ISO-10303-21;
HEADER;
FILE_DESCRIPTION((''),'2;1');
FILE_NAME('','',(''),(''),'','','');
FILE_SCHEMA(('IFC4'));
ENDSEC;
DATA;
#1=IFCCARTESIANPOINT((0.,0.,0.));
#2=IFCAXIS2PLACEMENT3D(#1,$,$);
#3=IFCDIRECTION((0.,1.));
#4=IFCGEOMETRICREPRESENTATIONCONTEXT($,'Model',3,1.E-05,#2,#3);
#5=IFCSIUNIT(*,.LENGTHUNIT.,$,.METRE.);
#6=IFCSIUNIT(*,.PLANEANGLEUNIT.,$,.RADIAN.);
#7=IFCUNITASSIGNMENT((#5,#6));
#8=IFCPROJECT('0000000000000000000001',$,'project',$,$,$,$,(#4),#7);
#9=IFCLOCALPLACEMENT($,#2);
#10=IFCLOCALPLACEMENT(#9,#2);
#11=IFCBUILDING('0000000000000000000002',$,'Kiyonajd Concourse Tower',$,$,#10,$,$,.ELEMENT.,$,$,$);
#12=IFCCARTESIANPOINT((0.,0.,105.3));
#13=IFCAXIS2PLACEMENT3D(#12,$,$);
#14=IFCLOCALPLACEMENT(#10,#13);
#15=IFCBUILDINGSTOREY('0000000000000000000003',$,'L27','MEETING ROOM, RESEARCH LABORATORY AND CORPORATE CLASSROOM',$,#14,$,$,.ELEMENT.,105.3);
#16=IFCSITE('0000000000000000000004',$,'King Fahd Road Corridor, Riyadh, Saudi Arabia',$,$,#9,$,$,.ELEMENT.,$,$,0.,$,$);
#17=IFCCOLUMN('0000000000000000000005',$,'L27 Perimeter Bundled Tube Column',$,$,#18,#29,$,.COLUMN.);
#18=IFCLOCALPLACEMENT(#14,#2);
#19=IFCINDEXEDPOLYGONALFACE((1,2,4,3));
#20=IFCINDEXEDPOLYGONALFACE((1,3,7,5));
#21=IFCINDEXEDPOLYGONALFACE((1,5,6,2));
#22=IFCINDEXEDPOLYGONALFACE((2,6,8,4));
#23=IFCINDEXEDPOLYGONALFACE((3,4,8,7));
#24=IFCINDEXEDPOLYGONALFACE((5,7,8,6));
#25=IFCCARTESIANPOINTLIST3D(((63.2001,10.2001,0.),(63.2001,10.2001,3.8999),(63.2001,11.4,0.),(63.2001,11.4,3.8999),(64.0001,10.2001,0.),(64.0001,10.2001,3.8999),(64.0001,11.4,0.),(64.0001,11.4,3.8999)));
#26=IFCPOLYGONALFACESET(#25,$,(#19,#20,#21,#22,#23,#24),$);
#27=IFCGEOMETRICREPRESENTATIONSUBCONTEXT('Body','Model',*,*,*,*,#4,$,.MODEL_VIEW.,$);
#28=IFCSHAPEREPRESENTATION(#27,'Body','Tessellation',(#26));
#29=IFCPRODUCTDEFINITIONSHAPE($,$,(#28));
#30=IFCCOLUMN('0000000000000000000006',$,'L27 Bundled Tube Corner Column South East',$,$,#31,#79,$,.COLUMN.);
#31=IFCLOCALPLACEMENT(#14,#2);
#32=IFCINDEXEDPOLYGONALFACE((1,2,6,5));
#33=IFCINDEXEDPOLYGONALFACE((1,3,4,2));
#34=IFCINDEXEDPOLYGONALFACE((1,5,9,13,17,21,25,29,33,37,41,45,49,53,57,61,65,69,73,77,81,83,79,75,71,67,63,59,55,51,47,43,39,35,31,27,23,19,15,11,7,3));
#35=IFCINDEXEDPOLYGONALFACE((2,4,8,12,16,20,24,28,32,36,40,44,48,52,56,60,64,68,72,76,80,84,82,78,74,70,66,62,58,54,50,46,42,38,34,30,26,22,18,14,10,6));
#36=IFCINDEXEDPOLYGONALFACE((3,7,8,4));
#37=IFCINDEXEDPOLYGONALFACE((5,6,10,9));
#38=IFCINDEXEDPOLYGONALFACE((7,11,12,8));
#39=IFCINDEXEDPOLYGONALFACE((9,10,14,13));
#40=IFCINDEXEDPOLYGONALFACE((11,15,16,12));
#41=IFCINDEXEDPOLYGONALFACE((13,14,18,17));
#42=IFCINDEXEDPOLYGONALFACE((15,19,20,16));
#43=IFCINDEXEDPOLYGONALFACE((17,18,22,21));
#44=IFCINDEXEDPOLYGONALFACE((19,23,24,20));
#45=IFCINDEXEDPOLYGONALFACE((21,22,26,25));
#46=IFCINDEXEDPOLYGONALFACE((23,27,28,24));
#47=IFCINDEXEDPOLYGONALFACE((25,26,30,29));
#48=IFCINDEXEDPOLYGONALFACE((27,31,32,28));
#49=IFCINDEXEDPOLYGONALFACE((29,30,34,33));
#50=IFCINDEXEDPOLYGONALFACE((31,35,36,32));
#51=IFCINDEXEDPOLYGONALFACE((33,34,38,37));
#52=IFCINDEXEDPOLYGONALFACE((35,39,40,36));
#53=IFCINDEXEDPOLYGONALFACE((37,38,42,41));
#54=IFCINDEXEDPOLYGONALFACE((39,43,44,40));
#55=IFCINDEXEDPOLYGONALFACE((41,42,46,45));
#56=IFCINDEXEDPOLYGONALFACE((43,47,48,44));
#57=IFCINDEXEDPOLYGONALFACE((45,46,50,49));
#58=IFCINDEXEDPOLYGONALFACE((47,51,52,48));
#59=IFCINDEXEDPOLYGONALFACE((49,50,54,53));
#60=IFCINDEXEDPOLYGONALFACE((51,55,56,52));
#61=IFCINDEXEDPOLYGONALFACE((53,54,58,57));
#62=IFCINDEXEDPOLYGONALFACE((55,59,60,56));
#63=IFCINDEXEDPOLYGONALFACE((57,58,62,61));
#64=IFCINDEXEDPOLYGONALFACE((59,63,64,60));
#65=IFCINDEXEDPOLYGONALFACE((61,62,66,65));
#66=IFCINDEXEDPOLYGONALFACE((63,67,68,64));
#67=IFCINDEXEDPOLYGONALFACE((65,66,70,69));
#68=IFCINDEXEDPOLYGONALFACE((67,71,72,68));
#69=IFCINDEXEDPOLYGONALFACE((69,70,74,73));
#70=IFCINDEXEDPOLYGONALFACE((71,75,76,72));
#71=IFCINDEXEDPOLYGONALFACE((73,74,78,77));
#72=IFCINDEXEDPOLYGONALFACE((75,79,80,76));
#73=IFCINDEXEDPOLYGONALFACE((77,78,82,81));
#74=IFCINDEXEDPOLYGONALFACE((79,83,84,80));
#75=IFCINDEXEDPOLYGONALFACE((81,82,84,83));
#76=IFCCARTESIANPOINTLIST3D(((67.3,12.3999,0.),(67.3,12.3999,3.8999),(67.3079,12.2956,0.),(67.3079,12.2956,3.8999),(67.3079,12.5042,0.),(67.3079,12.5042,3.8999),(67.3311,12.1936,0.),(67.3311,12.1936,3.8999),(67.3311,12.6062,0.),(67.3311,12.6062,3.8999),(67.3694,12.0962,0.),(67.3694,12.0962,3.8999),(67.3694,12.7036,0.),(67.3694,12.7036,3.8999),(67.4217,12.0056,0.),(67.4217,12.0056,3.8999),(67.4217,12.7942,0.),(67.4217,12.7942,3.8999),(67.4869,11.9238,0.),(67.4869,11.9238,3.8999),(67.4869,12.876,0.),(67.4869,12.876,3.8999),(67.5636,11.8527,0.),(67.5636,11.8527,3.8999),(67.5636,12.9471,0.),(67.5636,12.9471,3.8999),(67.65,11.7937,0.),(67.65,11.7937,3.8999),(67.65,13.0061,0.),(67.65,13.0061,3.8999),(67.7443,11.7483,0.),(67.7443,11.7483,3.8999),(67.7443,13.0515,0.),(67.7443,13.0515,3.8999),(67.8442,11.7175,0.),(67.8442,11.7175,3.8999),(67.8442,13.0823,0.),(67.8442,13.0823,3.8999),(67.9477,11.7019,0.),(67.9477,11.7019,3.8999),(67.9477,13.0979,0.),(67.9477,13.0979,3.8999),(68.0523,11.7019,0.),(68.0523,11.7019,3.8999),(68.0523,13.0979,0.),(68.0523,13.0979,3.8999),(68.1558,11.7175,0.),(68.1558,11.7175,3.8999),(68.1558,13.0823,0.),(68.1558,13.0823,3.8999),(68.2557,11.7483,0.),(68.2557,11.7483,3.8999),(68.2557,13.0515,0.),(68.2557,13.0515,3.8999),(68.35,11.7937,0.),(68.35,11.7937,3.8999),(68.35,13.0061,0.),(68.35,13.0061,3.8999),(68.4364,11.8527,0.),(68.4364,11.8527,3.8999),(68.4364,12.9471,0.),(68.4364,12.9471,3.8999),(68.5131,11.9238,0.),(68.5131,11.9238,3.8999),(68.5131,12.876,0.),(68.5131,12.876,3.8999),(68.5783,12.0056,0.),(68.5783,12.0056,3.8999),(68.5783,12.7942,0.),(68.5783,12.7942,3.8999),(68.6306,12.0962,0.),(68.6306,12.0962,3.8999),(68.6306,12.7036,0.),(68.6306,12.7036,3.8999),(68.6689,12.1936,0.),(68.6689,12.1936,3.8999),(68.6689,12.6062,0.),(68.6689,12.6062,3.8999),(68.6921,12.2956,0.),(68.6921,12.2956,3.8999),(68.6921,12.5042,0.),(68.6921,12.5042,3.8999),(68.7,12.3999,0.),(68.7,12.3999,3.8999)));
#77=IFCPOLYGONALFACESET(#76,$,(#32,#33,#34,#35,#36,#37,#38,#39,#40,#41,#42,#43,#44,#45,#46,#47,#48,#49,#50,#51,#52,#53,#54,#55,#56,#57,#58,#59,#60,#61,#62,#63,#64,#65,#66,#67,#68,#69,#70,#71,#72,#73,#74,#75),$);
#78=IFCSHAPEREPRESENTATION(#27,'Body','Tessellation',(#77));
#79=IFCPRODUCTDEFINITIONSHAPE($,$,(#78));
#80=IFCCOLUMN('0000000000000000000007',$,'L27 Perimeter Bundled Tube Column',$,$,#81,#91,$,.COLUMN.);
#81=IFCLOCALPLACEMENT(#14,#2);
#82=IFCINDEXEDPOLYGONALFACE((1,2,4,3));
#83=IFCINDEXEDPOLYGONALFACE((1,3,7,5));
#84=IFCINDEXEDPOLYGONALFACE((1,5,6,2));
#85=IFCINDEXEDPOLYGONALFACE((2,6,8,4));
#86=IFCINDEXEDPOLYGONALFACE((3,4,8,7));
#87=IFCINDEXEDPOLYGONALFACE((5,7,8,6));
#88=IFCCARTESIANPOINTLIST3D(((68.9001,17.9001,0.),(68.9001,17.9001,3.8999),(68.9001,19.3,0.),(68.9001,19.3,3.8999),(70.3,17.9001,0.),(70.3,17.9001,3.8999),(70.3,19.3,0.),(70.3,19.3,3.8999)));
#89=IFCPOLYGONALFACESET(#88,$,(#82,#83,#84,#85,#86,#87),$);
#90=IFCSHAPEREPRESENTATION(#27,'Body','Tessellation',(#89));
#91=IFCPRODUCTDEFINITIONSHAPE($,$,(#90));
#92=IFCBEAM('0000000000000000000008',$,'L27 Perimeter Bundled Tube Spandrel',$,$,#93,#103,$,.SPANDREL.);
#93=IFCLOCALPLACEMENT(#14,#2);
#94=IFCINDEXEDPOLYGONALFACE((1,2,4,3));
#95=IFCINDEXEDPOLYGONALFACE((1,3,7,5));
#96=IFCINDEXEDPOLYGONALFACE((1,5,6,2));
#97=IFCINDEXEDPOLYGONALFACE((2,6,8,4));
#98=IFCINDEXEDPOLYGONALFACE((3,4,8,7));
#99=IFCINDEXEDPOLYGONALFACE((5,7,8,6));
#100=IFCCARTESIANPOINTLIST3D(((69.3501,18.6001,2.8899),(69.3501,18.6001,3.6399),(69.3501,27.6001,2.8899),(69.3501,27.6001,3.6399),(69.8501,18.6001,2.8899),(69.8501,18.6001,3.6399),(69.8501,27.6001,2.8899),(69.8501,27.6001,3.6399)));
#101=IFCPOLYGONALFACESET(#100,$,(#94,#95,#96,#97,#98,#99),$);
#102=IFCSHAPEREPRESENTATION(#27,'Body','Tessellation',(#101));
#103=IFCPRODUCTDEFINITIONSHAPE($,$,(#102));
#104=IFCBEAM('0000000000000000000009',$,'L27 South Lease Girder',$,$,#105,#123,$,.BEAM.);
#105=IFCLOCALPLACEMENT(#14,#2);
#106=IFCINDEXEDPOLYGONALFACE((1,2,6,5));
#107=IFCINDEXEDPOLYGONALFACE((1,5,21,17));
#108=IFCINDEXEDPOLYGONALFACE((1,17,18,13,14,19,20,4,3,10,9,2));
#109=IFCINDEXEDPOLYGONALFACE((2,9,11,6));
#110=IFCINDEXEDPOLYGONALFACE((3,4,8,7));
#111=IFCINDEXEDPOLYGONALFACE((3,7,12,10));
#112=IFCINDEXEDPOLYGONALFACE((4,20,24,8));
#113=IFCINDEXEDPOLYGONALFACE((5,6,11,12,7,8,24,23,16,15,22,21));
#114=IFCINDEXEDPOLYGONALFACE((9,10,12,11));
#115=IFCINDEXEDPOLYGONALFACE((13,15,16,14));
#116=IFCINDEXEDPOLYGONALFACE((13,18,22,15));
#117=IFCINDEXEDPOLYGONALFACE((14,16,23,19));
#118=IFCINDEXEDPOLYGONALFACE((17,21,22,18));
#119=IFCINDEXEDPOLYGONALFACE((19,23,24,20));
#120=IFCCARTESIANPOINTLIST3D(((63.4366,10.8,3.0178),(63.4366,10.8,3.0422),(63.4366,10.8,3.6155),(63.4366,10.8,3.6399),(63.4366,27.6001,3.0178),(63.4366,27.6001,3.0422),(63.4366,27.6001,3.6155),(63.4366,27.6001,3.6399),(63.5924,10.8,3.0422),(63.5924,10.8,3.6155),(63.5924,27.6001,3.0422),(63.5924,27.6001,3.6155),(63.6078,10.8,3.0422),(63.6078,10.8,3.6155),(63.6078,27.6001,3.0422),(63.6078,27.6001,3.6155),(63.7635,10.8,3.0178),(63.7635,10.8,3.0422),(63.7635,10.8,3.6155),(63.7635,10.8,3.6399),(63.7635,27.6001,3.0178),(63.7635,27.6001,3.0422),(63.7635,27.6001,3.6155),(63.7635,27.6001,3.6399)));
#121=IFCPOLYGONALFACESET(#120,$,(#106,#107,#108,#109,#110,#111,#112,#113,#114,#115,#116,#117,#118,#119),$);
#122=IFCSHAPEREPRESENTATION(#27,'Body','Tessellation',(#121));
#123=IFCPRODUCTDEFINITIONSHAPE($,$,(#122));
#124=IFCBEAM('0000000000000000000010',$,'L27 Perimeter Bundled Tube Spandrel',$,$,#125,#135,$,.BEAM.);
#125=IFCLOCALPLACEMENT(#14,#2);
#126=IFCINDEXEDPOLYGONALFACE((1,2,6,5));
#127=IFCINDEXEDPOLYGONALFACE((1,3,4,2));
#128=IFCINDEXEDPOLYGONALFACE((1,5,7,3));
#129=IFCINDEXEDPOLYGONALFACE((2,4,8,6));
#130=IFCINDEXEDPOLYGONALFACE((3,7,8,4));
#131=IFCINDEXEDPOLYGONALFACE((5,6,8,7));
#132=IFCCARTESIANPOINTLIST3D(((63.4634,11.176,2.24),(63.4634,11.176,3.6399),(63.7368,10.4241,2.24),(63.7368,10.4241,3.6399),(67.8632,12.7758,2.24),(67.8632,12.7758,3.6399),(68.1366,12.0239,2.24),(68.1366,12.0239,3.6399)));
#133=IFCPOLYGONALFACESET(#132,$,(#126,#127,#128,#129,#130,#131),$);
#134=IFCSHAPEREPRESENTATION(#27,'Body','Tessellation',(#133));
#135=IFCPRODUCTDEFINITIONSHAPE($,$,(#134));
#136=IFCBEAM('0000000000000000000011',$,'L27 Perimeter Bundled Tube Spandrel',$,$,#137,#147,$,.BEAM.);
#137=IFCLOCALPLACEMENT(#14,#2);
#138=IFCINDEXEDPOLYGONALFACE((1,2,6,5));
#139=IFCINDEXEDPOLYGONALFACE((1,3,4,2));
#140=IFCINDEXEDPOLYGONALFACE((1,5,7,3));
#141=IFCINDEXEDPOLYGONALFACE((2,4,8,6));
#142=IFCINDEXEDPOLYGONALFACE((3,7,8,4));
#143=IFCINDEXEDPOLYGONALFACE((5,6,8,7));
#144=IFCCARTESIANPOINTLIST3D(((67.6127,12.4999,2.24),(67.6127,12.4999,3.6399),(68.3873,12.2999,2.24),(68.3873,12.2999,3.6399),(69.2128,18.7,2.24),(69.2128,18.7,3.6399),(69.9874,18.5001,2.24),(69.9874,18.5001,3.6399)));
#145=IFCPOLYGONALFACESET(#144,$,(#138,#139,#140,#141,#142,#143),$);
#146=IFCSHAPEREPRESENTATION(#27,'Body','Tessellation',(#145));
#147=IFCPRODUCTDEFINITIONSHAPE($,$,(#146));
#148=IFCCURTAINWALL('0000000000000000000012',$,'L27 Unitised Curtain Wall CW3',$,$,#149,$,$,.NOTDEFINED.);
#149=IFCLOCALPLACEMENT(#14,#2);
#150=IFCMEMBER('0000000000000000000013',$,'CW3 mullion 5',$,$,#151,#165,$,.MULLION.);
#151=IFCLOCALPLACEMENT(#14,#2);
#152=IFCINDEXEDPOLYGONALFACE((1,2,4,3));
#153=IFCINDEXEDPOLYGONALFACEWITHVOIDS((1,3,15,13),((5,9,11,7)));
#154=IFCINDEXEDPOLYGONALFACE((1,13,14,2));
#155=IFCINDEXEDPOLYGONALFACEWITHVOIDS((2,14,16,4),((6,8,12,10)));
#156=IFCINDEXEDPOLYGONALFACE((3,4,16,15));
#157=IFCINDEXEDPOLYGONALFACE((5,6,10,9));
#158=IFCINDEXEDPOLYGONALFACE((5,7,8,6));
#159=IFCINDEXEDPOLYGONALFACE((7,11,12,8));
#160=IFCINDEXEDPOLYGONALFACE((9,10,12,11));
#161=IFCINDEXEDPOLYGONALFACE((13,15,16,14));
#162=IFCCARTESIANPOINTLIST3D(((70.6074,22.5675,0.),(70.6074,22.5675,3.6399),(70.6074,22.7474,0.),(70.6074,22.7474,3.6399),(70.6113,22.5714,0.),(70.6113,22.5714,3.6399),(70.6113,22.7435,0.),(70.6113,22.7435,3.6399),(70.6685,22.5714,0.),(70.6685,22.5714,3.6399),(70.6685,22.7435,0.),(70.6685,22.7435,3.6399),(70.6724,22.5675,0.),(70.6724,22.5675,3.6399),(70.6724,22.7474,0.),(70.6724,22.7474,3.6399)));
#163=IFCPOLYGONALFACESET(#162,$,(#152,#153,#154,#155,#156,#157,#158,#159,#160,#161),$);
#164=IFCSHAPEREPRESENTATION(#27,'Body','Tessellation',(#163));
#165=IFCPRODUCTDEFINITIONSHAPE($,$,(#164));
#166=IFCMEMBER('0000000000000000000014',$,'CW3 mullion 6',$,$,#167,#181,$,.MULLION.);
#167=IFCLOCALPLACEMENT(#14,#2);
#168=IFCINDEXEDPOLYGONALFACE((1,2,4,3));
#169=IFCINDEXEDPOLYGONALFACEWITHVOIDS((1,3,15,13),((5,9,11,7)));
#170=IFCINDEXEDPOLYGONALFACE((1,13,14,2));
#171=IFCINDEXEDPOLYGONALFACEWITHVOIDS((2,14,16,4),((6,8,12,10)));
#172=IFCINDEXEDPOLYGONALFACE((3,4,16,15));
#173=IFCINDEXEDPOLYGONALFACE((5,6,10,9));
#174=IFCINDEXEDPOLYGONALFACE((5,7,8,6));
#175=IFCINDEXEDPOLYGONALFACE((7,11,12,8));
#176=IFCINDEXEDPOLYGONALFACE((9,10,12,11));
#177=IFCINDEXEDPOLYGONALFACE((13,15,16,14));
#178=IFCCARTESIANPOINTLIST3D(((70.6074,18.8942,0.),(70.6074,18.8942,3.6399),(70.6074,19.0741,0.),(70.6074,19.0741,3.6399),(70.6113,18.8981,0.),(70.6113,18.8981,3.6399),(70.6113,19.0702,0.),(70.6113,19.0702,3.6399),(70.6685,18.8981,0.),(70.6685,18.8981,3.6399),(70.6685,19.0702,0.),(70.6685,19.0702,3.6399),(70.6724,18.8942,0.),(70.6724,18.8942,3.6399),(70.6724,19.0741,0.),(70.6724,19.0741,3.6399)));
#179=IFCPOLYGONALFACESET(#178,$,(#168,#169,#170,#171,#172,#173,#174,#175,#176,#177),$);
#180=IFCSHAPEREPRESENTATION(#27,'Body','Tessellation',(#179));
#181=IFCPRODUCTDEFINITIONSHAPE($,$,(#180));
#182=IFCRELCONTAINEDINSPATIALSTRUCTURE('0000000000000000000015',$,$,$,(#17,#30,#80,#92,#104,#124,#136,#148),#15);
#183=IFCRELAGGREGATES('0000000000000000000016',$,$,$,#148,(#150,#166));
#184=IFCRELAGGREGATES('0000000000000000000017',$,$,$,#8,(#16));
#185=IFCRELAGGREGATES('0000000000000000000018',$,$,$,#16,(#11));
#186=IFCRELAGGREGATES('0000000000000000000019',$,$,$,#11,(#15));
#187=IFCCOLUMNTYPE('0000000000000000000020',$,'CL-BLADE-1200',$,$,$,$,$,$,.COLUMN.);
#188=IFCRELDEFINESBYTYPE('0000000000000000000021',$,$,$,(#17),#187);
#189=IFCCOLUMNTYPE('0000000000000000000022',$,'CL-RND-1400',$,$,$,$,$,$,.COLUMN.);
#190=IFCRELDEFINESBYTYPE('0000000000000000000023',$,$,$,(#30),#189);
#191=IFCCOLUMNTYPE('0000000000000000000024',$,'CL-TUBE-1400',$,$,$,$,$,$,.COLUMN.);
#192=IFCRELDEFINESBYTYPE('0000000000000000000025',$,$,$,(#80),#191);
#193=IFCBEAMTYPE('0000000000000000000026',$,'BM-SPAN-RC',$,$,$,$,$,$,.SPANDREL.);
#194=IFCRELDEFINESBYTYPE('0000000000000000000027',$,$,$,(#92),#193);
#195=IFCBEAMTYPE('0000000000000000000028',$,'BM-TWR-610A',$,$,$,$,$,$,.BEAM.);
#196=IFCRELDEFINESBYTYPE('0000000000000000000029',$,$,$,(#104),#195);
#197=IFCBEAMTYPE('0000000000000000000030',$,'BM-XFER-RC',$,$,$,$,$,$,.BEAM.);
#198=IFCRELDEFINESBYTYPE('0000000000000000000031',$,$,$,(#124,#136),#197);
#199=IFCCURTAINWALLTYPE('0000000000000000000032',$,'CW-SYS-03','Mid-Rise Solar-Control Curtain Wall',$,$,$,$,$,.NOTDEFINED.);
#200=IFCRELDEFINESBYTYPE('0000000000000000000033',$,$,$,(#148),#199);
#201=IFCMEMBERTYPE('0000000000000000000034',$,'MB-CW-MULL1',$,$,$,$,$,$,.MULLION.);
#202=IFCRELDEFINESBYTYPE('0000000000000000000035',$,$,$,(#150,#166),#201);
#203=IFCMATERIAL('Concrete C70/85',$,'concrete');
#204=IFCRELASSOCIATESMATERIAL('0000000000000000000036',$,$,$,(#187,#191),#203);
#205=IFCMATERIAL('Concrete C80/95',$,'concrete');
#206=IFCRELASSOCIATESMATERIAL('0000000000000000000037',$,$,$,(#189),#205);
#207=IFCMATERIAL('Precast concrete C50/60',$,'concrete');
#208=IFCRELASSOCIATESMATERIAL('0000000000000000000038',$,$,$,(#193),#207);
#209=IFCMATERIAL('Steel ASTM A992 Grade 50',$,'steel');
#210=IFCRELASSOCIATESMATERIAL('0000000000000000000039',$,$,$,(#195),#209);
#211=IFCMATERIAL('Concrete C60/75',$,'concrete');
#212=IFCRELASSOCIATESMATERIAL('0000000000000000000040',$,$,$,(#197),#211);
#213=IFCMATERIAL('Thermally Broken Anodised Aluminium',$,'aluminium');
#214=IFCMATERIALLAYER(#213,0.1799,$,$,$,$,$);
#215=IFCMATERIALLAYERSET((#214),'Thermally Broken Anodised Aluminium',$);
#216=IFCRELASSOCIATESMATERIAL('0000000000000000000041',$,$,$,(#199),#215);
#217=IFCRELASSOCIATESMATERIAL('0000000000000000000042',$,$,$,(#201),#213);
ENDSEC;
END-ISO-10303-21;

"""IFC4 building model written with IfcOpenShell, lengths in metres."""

from ifc_helpers import new_model, si_unit, direction, frame, origin, origin_2d, place, context, subcontext, project, spatial, rectangle, hollow_rectangle, circle, i_section, extrude, material, layer, layer_set, material_profile, profile_set, type_object, element, aggregate, save


model = new_model("IFC4")

# Units and contexts
model_context = context("Model", 3, precision=1e-05, world=origin(), true_north=direction((0.0, 1.0)))
body_context = subcontext(model_context, "Body", "Model", "MODEL_VIEW")
ifc_project = project(units=[si_unit("LENGTHUNIT", "METRE"), si_unit("PLANEANGLEUNIT", "RADIAN")], contexts=[model_context])

# Site, building, storey
site_placement = place(None, origin())
site = spatial("IfcSite", under=ifc_project, at=site_placement, Name="King Fahd Road Corridor, Riyadh, Saudi Arabia", CompositionType="ELEMENT", RefElevation=0.0)
building_placement = place(site_placement, origin())
building = spatial("IfcBuilding", under=site, at=building_placement, Name="Kiyonajd Concourse Tower", CompositionType="ELEMENT")
storey_placement = place(building_placement, frame((0.0, 0.0, 105.3)))
storey = spatial("IfcBuildingStorey", under=building, at=storey_placement, Name="L27", Description="MEETING ROOM, RESEARCH LABORATORY AND CORPORATE CLASSROOM", CompositionType="ELEMENT", Elevation=105.3)

# Columns
ifc_material_1 = material(Name="Concrete C70/85", Category="concrete")
ifc_material_profile_1 = material_profile(ifc_material_1, rectangle(XDim=0.8, YDim=1.2, at=origin_2d()), Name="RC-1200x800")
ifc_profile_set_1 = profile_set([ifc_material_profile_1], Name="Concrete C70/85")
column_type_1 = type_object("IfcColumnType", Name="CL-BLADE-1200", PredefinedType="COLUMN", material=ifc_profile_set_1)
column_1_placement = place(storey_placement, frame((63.6001, 10.8, 0.0), z_axis=(0.0, 0.0, 1.0), x_axis=(1.0, 0.0, 0.0)))
element("IfcColumn", 1, at=column_1_placement, inside=storey, type_object=column_type_1, Name="L27 Perimeter Bundled Tube Column", PredefinedType="COLUMN", context=body_context, shape_type="SweptSolid", body=[
    extrude(rectangle(XDim=0.8, YDim=1.2, at=origin_2d()), origin(), (0.0, 0.0, 1.0), 3.8999),
])
ifc_material_2 = material(Name="Concrete C80/95", Category="concrete")
ifc_material_profile_2 = material_profile(ifc_material_2, circle(Radius=0.7, at=origin_2d()), Name="RCC-D1400")
ifc_profile_set_2 = profile_set([ifc_material_profile_2], Name="Concrete C80/95")
column_type_2 = type_object("IfcColumnType", Name="CL-RND-1400", PredefinedType="COLUMN", material=ifc_profile_set_2)
column_2_placement = place(storey_placement, frame((68.0, 12.3999, 0.0), z_axis=(0.0, 0.0, 1.0), x_axis=(1.0, 0.0, 0.0)))
element("IfcColumn", 2, at=column_2_placement, inside=storey, type_object=column_type_2, Name="L27 Bundled Tube Corner Column South East", PredefinedType="COLUMN", context=body_context, shape_type="SweptSolid", body=[
    extrude(circle(Radius=0.7, at=origin_2d()), origin(), (0.0, 0.0, 1.0), 3.8999),
])
ifc_material_profile_3 = material_profile(ifc_material_1, rectangle(XDim=1.3999, YDim=1.3999, at=origin_2d()), Name="RC-1400x1400")
ifc_profile_set_3 = profile_set([ifc_material_profile_3], Name="Concrete C70/85")
column_type_3 = type_object("IfcColumnType", Name="CL-TUBE-1400", PredefinedType="COLUMN", material=ifc_profile_set_3)
column_3_placement = place(storey_placement, frame((69.6001, 18.6001, 0.0), z_axis=(0.0, 0.0, 1.0), x_axis=(1.0, 0.0, 0.0)))
element("IfcColumn", 3, at=column_3_placement, inside=storey, type_object=column_type_3, Name="L27 Perimeter Bundled Tube Column", PredefinedType="COLUMN", context=body_context, shape_type="SweptSolid", body=[
    extrude(rectangle(XDim=1.3999, YDim=1.3999, at=origin_2d()), origin(), (0.0, 0.0, 1.0), 3.8999),
])

# Beams
ifc_material_3 = material(Name="Precast concrete C50/60", Category="concrete")
ifc_material_profile_4 = material_profile(ifc_material_3, rectangle(XDim=0.5, YDim=0.75, at=origin_2d()), Name="RCBM-500x750")
ifc_profile_set_4 = profile_set([ifc_material_profile_4], Name="Precast concrete C50/60")
beam_type_1 = type_object("IfcBeamType", Name="BM-SPAN-RC", PredefinedType="SPANDREL", material=ifc_profile_set_4)
beam_1_placement = place(storey_placement, frame((69.6001, 18.6001, 3.2649), z_axis=(0.0, 1.0, 0.0), x_axis=(-1.0, 0.0, 0.0)))
element("IfcBeam", 4, at=beam_1_placement, inside=storey, type_object=beam_type_1, Name="L27 Perimeter Bundled Tube Spandrel", PredefinedType="SPANDREL", context=body_context, shape_type="SweptSolid", body=[
    extrude(rectangle(XDim=0.5, YDim=0.75, at=origin_2d()), origin(), (0.0, 0.0, 1.0), 9.0),
])
ifc_material_4 = material(Name="Steel ASTM A992 Grade 50", Category="steel")
ifc_material_profile_5 = material_profile(ifc_material_4, i_section(OverallWidth=0.3269, OverallDepth=0.6221, WebThickness=0.0154, FlangeThickness=0.0244, at=origin_2d()), Name="W610X195")
ifc_profile_set_5 = profile_set([ifc_material_profile_5], Name="Steel ASTM A992 Grade 50")
beam_type_2 = type_object("IfcBeamType", Name="BM-TWR-610A", PredefinedType="BEAM", material=ifc_profile_set_5)
beam_2_placement = place(storey_placement, frame((63.6001, 10.8, 3.3289), z_axis=(0.0, 1.0, 0.0), x_axis=(-1.0, 0.0, 0.0)))
element("IfcBeam", 5, at=beam_2_placement, inside=storey, type_object=beam_type_2, Name="L27 South Lease Girder", PredefinedType="BEAM", context=body_context, shape_type="SweptSolid", body=[
    extrude(i_section(OverallWidth=0.3269, OverallDepth=0.6221, WebThickness=0.0154, FlangeThickness=0.0244, at=origin_2d()), origin(), (0.0, 0.0, 1.0), 16.8),
])
ifc_material_5 = material(Name="Concrete C60/75", Category="concrete")
ifc_material_profile_6 = material_profile(ifc_material_5, rectangle(XDim=0.8, YDim=1.3999, at=origin_2d()), Name="RCBM-800x1400")
ifc_profile_set_6 = profile_set([ifc_material_profile_6], Name="Concrete C60/75")
beam_type_3 = type_object("IfcBeamType", Name="BM-XFER-RC", PredefinedType="BEAM", material=ifc_profile_set_6)
beam_3_placement = place(storey_placement, frame((63.6001, 10.8, 2.9399), z_axis=(0.939801, 0.341722, 0.0), x_axis=(-0.341722, 0.939801, 0.0)))
element("IfcBeam", 6, at=beam_3_placement, inside=storey, type_object=beam_type_3, Name="L27 Perimeter Bundled Tube Spandrel", PredefinedType="BEAM", context=body_context, shape_type="SweptSolid", body=[
    extrude(rectangle(XDim=0.8, YDim=1.3999, at=origin_2d()), origin(), (0.0, 0.0, 1.0), 4.6816),
])
beam_4_placement = place(storey_placement, frame((68.0, 12.3999, 2.9399), z_axis=(0.249885, 0.968276, 0.0), x_axis=(-0.968276, 0.249885, 0.0)))
element("IfcBeam", 7, at=beam_4_placement, inside=storey, type_object=beam_type_3, Name="L27 Perimeter Bundled Tube Spandrel", PredefinedType="BEAM", context=body_context, shape_type="SweptSolid", body=[
    extrude(rectangle(XDim=0.8, YDim=1.3999, at=origin_2d()), origin(), (0.0, 0.0, 1.0), 6.4033),
])

# Curtain wall, members
ifc_material_6 = material(Name="Thermally Broken Anodised Aluminium", Category="aluminium")
ifc_layer_1 = layer(ifc_material_6, 0.1799)
ifc_layer_set_1 = layer_set([ifc_layer_1], Name="Thermally Broken Anodised Aluminium")
curtain_wall_type = type_object("IfcCurtainWallType", Name="CW-SYS-03", Description="Mid-Rise Solar-Control Curtain Wall", PredefinedType="NOTDEFINED", material=ifc_layer_set_1)
curtain_wall_placement = place(storey_placement, origin())
curtain_wall = element("IfcCurtainWall", 8, at=curtain_wall_placement, inside=storey, type_object=curtain_wall_type, Name="L27 Unitised Curtain Wall CW3", PredefinedType="NOTDEFINED")
ifc_material_profile_7 = material_profile(ifc_material_6, hollow_rectangle(XDim=0.0649, YDim=0.1799, WallThickness=0.0039, at=origin_2d()), Name="MULL-65x180")
ifc_profile_set_7 = profile_set([ifc_material_profile_7], Name="Thermally Broken Anodised Aluminium")
member_type_1 = type_object("IfcMemberType", Name="MB-CW-MULL1", PredefinedType="MULLION", material=ifc_profile_set_7)
member_1_placement = place(storey_placement, frame((70.6399, 22.6575, 0.0), z_axis=(0.0, 0.0, 1.0), x_axis=(1.0, 0.0, 0.0)))
member_1 = element("IfcMember", 9, at=member_1_placement, type_object=member_type_1, Name="CW3 mullion 5", PredefinedType="MULLION", context=body_context, shape_type="SweptSolid", body=[
    extrude(hollow_rectangle(XDim=0.0649, YDim=0.1799, WallThickness=0.0039, at=origin_2d()), origin(), (0.0, 0.0, 1.0), 3.6399),
])
member_2_placement = place(storey_placement, frame((70.6399, 18.9841, 0.0), z_axis=(0.0, 0.0, 1.0), x_axis=(1.0, 0.0, 0.0)))
member_2 = element("IfcMember", 10, at=member_2_placement, type_object=member_type_1, Name="CW3 mullion 6", PredefinedType="MULLION", context=body_context, shape_type="SweptSolid", body=[
    extrude(hollow_rectangle(XDim=0.0649, YDim=0.1799, WallThickness=0.0039, at=origin_2d()), origin(), (0.0, 0.0, 1.0), 3.6399),
])
aggregate(curtain_wall, [member_1, member_2])

save(model, "model.ifc")
